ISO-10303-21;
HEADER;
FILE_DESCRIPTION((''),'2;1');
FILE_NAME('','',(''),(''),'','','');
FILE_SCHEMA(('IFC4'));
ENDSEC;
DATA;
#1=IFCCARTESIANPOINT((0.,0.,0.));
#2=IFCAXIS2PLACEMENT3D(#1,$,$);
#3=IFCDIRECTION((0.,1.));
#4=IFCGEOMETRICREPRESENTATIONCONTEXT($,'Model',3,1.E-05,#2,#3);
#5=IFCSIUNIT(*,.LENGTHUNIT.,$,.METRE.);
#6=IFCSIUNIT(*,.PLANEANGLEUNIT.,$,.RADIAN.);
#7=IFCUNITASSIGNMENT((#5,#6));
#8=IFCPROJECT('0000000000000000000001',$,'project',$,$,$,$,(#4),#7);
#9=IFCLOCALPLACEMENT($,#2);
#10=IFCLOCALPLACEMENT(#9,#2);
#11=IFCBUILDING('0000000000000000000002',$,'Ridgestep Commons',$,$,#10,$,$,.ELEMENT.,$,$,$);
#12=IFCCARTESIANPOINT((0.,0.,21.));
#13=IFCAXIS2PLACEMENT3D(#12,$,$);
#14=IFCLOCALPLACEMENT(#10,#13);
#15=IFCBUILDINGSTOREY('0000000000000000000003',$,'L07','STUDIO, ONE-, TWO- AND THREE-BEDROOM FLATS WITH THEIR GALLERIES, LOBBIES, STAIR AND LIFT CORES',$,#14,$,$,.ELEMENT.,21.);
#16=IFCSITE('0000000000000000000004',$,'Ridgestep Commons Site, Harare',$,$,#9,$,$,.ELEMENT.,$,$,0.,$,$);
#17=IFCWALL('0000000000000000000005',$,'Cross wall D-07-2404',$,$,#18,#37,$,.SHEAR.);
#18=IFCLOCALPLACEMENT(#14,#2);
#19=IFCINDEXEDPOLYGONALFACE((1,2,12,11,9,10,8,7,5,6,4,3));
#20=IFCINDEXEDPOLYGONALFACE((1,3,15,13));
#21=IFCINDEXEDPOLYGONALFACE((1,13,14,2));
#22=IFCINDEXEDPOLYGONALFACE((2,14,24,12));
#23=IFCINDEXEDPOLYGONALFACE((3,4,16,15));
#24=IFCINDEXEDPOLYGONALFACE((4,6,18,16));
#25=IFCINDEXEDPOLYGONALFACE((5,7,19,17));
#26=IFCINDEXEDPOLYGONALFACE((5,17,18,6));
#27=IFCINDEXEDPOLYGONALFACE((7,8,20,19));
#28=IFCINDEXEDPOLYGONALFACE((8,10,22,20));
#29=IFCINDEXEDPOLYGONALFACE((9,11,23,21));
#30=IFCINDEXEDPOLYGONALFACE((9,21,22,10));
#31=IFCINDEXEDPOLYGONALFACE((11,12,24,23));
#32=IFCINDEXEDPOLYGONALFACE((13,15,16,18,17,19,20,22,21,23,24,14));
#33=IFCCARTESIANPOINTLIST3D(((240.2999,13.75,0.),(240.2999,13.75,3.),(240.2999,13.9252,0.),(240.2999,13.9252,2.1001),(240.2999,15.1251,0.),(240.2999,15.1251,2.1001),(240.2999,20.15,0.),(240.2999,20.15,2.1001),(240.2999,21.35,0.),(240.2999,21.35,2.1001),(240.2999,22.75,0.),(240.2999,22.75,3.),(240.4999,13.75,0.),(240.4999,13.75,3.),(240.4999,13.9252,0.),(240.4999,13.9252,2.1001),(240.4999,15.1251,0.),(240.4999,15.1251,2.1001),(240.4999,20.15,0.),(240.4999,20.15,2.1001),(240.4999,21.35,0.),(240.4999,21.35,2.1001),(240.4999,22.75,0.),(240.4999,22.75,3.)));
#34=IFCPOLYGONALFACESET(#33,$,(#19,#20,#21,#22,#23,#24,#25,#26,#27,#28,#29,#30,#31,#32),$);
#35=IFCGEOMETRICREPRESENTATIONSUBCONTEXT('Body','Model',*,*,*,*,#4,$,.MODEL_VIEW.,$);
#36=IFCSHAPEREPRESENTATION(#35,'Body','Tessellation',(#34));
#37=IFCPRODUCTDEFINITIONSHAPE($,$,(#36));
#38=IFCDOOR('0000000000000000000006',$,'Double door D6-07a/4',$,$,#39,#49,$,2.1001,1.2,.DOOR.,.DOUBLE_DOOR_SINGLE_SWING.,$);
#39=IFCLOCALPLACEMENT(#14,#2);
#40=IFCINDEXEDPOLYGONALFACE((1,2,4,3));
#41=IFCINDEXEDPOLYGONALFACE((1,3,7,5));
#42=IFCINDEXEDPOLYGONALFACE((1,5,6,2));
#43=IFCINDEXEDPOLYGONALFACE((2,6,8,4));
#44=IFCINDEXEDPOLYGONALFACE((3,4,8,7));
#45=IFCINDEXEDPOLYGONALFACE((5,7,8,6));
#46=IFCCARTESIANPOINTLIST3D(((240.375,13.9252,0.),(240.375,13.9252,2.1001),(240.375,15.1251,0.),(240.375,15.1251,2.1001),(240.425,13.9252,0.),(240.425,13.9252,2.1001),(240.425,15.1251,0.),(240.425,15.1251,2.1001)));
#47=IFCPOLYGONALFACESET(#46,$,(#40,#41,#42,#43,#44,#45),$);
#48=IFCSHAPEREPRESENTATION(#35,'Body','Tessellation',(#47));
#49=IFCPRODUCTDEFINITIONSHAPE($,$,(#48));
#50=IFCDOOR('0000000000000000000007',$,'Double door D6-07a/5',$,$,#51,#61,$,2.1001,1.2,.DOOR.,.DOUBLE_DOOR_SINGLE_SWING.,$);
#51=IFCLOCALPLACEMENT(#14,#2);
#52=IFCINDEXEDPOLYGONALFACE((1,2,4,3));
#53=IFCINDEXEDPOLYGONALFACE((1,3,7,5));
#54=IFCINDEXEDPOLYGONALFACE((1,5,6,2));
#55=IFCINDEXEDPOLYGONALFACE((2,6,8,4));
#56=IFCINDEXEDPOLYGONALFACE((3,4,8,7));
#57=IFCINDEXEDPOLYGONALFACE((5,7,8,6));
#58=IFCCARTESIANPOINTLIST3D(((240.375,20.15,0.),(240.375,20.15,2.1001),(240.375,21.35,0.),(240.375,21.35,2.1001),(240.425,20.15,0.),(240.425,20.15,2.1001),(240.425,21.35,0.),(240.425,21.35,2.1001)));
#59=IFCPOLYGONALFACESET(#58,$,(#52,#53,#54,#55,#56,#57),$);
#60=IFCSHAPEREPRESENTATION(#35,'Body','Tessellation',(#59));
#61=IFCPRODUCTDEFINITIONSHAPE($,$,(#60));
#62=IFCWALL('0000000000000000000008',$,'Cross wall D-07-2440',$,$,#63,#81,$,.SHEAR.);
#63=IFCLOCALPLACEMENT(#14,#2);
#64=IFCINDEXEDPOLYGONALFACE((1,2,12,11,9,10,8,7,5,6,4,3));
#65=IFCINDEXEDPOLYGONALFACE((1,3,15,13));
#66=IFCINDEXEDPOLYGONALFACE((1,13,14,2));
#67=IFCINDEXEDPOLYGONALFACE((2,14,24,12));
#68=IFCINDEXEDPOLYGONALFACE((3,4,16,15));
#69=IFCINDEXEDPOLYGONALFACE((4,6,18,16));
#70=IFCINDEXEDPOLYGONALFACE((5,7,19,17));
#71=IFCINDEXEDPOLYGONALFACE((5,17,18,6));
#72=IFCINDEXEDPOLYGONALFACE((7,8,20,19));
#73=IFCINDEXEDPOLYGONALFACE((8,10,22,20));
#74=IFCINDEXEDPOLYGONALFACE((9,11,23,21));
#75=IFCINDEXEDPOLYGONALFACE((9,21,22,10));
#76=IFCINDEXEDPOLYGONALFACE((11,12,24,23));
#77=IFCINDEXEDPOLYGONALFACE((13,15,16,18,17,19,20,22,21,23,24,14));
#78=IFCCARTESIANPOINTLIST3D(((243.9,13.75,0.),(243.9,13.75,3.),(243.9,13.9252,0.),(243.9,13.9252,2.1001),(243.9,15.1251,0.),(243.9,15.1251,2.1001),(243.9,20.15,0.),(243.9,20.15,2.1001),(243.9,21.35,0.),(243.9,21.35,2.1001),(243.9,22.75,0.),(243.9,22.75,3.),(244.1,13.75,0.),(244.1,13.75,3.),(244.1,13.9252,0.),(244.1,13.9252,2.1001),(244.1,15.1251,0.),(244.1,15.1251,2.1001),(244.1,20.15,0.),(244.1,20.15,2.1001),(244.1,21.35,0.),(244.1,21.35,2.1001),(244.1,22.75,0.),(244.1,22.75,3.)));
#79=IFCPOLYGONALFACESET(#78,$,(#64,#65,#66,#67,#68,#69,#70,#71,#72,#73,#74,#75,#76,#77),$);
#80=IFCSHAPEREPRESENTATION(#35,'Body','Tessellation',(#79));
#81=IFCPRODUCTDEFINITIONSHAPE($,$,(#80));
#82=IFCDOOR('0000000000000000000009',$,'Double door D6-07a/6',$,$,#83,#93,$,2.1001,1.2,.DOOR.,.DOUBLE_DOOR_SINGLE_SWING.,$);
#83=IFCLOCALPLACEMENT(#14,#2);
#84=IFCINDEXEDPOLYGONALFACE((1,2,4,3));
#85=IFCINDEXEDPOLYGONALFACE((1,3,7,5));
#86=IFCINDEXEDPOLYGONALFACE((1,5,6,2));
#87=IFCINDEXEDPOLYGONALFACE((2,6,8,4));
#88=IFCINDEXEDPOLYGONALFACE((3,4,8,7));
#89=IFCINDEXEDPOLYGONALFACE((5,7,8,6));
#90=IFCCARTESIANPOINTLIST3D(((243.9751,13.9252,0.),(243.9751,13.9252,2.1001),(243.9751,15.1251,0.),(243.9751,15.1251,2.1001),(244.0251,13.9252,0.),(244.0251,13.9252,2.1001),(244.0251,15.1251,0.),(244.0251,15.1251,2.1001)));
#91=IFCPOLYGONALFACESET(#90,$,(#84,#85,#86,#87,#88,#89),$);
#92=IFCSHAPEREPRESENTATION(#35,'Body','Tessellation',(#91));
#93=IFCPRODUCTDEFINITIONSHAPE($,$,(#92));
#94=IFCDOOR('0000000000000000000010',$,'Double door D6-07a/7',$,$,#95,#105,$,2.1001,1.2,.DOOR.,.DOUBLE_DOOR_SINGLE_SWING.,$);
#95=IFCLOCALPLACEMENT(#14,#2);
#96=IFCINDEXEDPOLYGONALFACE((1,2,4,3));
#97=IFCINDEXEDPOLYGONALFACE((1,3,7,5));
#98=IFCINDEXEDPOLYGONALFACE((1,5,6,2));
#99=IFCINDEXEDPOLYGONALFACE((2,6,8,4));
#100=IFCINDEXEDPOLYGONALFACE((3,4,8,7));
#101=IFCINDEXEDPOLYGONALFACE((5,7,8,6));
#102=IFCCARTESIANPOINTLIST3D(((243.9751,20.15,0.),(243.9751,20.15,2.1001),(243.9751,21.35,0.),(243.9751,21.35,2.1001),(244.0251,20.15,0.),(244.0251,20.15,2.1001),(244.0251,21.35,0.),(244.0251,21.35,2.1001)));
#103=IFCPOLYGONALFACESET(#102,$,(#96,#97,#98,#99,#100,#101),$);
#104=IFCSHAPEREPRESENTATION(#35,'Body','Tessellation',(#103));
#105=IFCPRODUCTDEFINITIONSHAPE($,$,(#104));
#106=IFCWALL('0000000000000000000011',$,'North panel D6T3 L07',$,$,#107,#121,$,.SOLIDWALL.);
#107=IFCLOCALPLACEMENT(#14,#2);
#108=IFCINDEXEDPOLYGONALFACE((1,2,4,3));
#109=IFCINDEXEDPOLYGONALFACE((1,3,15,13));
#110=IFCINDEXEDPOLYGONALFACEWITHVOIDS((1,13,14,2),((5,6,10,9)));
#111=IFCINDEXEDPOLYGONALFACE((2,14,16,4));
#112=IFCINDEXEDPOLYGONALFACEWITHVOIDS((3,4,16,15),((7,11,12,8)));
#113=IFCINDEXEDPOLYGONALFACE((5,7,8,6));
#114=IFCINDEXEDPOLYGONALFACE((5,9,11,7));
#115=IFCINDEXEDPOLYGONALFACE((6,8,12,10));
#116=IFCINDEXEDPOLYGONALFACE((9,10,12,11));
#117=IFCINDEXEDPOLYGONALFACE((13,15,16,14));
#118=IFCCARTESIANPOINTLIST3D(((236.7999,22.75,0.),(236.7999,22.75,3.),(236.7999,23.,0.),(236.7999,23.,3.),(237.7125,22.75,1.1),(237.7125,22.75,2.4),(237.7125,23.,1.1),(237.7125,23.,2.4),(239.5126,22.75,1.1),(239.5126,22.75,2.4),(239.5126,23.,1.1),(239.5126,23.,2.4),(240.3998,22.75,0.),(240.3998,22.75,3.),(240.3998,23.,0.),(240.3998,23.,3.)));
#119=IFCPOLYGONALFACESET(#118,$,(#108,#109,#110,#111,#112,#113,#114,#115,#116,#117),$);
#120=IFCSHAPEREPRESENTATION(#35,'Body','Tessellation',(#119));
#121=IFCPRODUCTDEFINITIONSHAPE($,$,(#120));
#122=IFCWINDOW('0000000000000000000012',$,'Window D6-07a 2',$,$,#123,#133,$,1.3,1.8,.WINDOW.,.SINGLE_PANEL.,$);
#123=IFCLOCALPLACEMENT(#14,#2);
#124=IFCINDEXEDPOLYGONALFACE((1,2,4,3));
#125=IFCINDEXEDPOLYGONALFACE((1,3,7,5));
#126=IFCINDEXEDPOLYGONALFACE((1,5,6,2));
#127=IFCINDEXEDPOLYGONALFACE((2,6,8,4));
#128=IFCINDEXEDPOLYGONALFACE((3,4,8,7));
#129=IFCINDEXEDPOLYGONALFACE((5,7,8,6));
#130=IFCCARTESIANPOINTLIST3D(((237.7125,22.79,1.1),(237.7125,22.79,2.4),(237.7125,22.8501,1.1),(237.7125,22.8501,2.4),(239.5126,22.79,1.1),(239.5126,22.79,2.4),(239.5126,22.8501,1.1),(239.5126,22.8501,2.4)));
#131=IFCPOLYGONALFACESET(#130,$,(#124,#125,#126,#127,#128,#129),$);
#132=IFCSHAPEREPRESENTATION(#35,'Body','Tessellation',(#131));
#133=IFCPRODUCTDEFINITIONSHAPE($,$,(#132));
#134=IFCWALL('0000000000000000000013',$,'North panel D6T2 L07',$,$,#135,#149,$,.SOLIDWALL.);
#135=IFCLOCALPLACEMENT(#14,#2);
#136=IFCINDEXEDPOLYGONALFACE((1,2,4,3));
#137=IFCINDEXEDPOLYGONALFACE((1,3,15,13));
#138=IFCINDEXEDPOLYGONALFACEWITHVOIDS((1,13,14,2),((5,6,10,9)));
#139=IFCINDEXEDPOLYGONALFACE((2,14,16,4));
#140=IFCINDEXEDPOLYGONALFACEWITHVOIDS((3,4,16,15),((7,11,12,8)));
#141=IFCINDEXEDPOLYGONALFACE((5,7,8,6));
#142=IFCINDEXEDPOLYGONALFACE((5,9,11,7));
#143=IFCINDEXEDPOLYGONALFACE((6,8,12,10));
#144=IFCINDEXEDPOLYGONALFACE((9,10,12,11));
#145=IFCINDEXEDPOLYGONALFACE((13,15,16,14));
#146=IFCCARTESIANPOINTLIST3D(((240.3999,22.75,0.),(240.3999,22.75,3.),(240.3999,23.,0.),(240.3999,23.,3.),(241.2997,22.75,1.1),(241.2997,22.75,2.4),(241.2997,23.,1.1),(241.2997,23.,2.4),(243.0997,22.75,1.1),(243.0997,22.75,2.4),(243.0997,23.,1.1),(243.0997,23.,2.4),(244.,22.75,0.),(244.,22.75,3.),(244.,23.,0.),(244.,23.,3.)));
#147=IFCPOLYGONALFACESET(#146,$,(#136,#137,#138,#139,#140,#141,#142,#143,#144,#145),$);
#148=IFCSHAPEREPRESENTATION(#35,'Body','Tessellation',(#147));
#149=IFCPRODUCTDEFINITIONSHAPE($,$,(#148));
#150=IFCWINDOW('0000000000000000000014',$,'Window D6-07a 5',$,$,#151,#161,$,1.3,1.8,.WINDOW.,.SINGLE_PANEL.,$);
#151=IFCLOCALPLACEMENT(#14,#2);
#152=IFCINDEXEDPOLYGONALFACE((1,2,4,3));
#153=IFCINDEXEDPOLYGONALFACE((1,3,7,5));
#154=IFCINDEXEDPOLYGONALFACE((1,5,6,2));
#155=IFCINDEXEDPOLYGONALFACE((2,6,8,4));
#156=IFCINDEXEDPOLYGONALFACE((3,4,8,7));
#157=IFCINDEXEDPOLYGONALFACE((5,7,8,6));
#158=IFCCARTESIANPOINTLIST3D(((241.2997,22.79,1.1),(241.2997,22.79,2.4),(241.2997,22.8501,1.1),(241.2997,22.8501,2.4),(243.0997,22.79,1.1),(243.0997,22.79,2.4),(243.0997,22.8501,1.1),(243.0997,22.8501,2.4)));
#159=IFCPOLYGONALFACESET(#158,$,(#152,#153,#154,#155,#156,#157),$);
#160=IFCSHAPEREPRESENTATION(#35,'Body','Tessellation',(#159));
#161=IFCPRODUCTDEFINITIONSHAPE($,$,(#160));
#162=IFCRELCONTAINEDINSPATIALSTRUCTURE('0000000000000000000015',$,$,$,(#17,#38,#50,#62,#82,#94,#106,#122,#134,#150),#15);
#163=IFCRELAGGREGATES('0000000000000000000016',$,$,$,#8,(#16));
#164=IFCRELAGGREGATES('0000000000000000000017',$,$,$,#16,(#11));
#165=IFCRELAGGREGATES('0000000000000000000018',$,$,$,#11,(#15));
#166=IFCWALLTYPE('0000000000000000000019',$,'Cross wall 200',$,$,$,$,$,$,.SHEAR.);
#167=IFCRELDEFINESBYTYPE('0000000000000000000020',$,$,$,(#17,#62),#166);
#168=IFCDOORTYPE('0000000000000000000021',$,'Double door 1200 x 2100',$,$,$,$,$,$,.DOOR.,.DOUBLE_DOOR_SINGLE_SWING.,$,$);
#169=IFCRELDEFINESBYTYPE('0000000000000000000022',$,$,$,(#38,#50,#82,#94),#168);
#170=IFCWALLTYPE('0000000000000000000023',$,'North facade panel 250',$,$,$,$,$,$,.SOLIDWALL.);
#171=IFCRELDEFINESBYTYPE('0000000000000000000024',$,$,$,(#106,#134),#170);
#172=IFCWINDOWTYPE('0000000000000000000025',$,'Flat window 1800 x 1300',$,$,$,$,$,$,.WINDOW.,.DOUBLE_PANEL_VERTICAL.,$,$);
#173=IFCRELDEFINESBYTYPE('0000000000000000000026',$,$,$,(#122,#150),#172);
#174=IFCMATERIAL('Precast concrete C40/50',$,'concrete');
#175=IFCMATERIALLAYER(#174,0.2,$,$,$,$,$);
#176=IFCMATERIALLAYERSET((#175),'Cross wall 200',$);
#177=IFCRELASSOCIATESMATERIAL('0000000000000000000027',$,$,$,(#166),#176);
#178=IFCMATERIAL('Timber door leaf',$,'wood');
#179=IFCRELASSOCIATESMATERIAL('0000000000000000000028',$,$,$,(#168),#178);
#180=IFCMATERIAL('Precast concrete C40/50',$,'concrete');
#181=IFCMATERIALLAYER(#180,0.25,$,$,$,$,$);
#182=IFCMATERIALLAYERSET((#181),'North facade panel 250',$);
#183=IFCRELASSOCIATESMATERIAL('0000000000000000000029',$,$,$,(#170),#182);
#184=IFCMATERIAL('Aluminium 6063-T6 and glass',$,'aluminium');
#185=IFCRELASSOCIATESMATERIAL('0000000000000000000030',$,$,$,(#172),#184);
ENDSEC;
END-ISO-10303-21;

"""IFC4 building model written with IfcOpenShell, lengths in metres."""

from ifc_helpers import new_model, si_unit, direction, frame, frame_2d, origin, place, context, subcontext, project, spatial, rectangle, extrude, material, layer, layer_set, type_object, element, fill, save


model = new_model("IFC4")

# Units and contexts
model_context = context("Model", 3, precision=1e-05, world=origin(), true_north=direction((0.0, 1.0)))
body_context = subcontext(model_context, "Body", "Model", "MODEL_VIEW")
ifc_project = project(units=[si_unit("LENGTHUNIT", "METRE"), si_unit("PLANEANGLEUNIT", "RADIAN")], contexts=[model_context])

# Site, building, storey
site_placement = place(None, origin())
site = spatial("IfcSite", under=ifc_project, at=site_placement, Name="Ridgestep Commons Site, Harare", CompositionType="ELEMENT", RefElevation=0.0)
building_placement = place(site_placement, origin())
building = spatial("IfcBuilding", under=site, at=building_placement, Name="Ridgestep Commons", CompositionType="ELEMENT")
storey_placement = place(building_placement, frame((0.0, 0.0, 21.0)))
storey = spatial("IfcBuildingStorey", under=building, at=storey_placement, Name="L07", Description="STUDIO, ONE-, TWO- AND THREE-BEDROOM FLATS WITH THEIR GALLERIES, LOBBIES, STAIR AND LIFT CORES", CompositionType="ELEMENT", Elevation=21.0)

# Walls, openings, doors
ifc_material_1 = material(Name="Precast concrete C40/50", Category="concrete")
ifc_layer_1 = layer(ifc_material_1, 0.2)
ifc_layer_set_1 = layer_set([ifc_layer_1], Name="Cross wall 200")
wall_type_1 = type_object("IfcWallType", Name="Cross wall 200", PredefinedType="SHEAR", material=ifc_layer_set_1)
wall_1_placement = place(storey_placement, frame((240.3999, 13.75, 0.0), z_axis=(0.0, 0.0, 1.0), x_axis=(0.0, 1.0, 0.0)))
wall_1 = element("IfcWall", 1, at=wall_1_placement, inside=storey, type_object=wall_type_1, Name="Cross wall D-07-2404", PredefinedType="SHEAR", context=body_context, shape_type="SweptSolid", body=[
    extrude(rectangle(XDim=9.0, YDim=0.2, at=frame_2d((4.5, 0.0))), origin(), (0.0, 0.0, 1.0), 3.0),
])
opening_1_placement = place(wall_1_placement, frame((0.175, 0.0, 0.0)))
opening_1 = element("IfcOpeningElement", 2, at=opening_1_placement, cuts=wall_1, PredefinedType="OPENING", context=body_context, shape_type="SweptSolid", body=[
    extrude(rectangle(XDim=1.2, YDim=2.1001, at=frame_2d((0.6001, 1.05))), frame((0.0, 0.1099, 0.0), z_axis=(0.0, -1.0, 0.0), x_axis=(1.0, 0.0, 0.0)), (0.0, 0.0, 1.0), 0.22),
])
opening_2_placement = place(wall_1_placement, frame((6.3999, 0.0, 0.0)))
opening_2 = element("IfcOpeningElement", 3, at=opening_2_placement, cuts=wall_1, PredefinedType="OPENING", context=body_context, shape_type="SweptSolid", body=[
    extrude(rectangle(XDim=1.2, YDim=2.1001, at=frame_2d((0.6001, 1.05))), frame((0.0, 0.1099, 0.0), z_axis=(0.0, -1.0, 0.0), x_axis=(1.0, 0.0, 0.0)), (0.0, 0.0, 1.0), 0.22),
])
ifc_material_2 = material(Name="Timber door leaf", Category="wood")
door_type_1 = type_object("IfcDoorType", Name="Double door 1200 x 2100", OperationType="DOUBLE_DOOR_SINGLE_SWING", PredefinedType="DOOR", material=ifc_material_2)
door_1_placement = place(opening_1_placement, origin())
door_1 = element("IfcDoor", 4, at=door_1_placement, inside=storey, type_object=door_type_1, Name="Double door D6-07a/4", OperationType="DOUBLE_DOOR_SINGLE_SWING", OverallHeight=2.1001, OverallWidth=1.2, PredefinedType="DOOR", context=body_context, shape_type="SweptSolid", body=[
    extrude(rectangle(XDim=1.2, YDim=2.1001, at=frame_2d((0.6001, 1.05))), frame((0.0, 0.0249, 0.0), z_axis=(0.0, -1.0, 0.0), x_axis=(1.0, 0.0, 0.0)), (0.0, 0.0, 1.0), 0.05),
])
fill(opening_1, door_1)
door_2_placement = place(opening_2_placement, origin())
door_2 = element("IfcDoor", 5, at=door_2_placement, inside=storey, type_object=door_type_1, Name="Double door D6-07a/5", OperationType="DOUBLE_DOOR_SINGLE_SWING", OverallHeight=2.1001, OverallWidth=1.2, PredefinedType="DOOR", context=body_context, shape_type="SweptSolid", body=[
    extrude(rectangle(XDim=1.2, YDim=2.1001, at=frame_2d((0.6001, 1.05))), frame((0.0, 0.0249, 0.0), z_axis=(0.0, -1.0, 0.0), x_axis=(1.0, 0.0, 0.0)), (0.0, 0.0, 1.0), 0.05),
])
fill(opening_2, door_2)
wall_2_placement = place(storey_placement, frame((244.0, 13.75, 0.0), z_axis=(0.0, 0.0, 1.0), x_axis=(0.0, 1.0, 0.0)))
wall_2 = element("IfcWall", 6, at=wall_2_placement, inside=storey, type_object=wall_type_1, Name="Cross wall D-07-2440", PredefinedType="SHEAR", context=body_context, shape_type="SweptSolid", body=[
    extrude(rectangle(XDim=9.0, YDim=0.2, at=frame_2d((4.5, 0.0))), origin(), (0.0, 0.0, 1.0), 3.0),
])
opening_3_placement = place(wall_2_placement, frame((0.175, 0.0, 0.0)))
opening_3 = element("IfcOpeningElement", 7, at=opening_3_placement, cuts=wall_2, PredefinedType="OPENING", context=body_context, shape_type="SweptSolid", body=[
    extrude(rectangle(XDim=1.2, YDim=2.1001, at=frame_2d((0.6001, 1.05))), frame((0.0, 0.1099, 0.0), z_axis=(0.0, -1.0, 0.0), x_axis=(1.0, 0.0, 0.0)), (0.0, 0.0, 1.0), 0.22),
])
opening_4_placement = place(wall_2_placement, frame((6.3999, 0.0, 0.0)))
opening_4 = element("IfcOpeningElement", 8, at=opening_4_placement, cuts=wall_2, PredefinedType="OPENING", context=body_context, shape_type="SweptSolid", body=[
    extrude(rectangle(XDim=1.2, YDim=2.1001, at=frame_2d((0.6001, 1.05))), frame((0.0, 0.1099, 0.0), z_axis=(0.0, -1.0, 0.0), x_axis=(1.0, 0.0, 0.0)), (0.0, 0.0, 1.0), 0.22),
])
door_3_placement = place(opening_3_placement, origin())
door_3 = element("IfcDoor", 9, at=door_3_placement, inside=storey, type_object=door_type_1, Name="Double door D6-07a/6", OperationType="DOUBLE_DOOR_SINGLE_SWING", OverallHeight=2.1001, OverallWidth=1.2, PredefinedType="DOOR", context=body_context, shape_type="SweptSolid", body=[
    extrude(rectangle(XDim=1.2, YDim=2.1001, at=frame_2d((0.6001, 1.05))), frame((0.0, 0.0249, 0.0), z_axis=(0.0, -1.0, 0.0), x_axis=(1.0, 0.0, 0.0)), (0.0, 0.0, 1.0), 0.05),
])
fill(opening_3, door_3)
door_4_placement = place(opening_4_placement, origin())
door_4 = element("IfcDoor", 10, at=door_4_placement, inside=storey, type_object=door_type_1, Name="Double door D6-07a/7", OperationType="DOUBLE_DOOR_SINGLE_SWING", OverallHeight=2.1001, OverallWidth=1.2, PredefinedType="DOOR", context=body_context, shape_type="SweptSolid", body=[
    extrude(rectangle(XDim=1.2, YDim=2.1001, at=frame_2d((0.6001, 1.05))), frame((0.0, 0.0249, 0.0), z_axis=(0.0, -1.0, 0.0), x_axis=(1.0, 0.0, 0.0)), (0.0, 0.0, 1.0), 0.05),
])
fill(opening_4, door_4)

# Walls, openings, windows
ifc_material_3 = material(Name="Precast concrete C40/50", Category="concrete")
ifc_layer_2 = layer(ifc_material_3, 0.25)
ifc_layer_set_2 = layer_set([ifc_layer_2], Name="North facade panel 250")
wall_type_2 = type_object("IfcWallType", Name="North facade panel 250", PredefinedType="SOLIDWALL", material=ifc_layer_set_2)
wall_3_placement = place(storey_placement, frame((236.8, 22.875, 0.0), z_axis=(0.0, 0.0, 1.0), x_axis=(1.0, 0.0, 0.0)))
wall_3 = element("IfcWall", 11, at=wall_3_placement, inside=storey, type_object=wall_type_2, Name="North panel D6T3 L07", PredefinedType="SOLIDWALL", context=body_context, shape_type="SweptSolid", body=[
    extrude(rectangle(XDim=3.5999, YDim=0.25, at=frame_2d((1.7998, 0.0))), origin(), (0.0, 0.0, 1.0), 3.0),
])
opening_5_placement = place(wall_3_placement, frame((0.9126, 0.0, 1.1001)))
opening_5 = element("IfcOpeningElement", 12, at=opening_5_placement, cuts=wall_3, PredefinedType="OPENING", context=body_context, shape_type="SweptSolid", body=[
    extrude(rectangle(XDim=1.8, YDim=1.3, at=frame_2d((0.8999, 0.6499))), frame((0.0, 0.135, 0.0), z_axis=(0.0, -1.0, 0.0), x_axis=(1.0, 0.0, 0.0)), (0.0, 0.0, 1.0), 0.27),
])
ifc_material_4 = material(Name="Aluminium 6063-T6 and glass", Category="aluminium")
window_type_1 = type_object("IfcWindowType", Name="Flat window 1800 x 1300", PartitioningType="DOUBLE_PANEL_VERTICAL", PredefinedType="WINDOW", material=ifc_material_4)
window_1_placement = place(opening_5_placement, origin())
window_1 = element("IfcWindow", 13, at=window_1_placement, inside=storey, type_object=window_type_1, Name="Window D6-07a 2", OverallHeight=1.3, OverallWidth=1.8, PartitioningType="SINGLE_PANEL", PredefinedType="WINDOW", context=body_context, shape_type="SweptSolid", body=[
    extrude(rectangle(XDim=1.8, YDim=1.3, at=frame_2d((0.8999, 0.6499))), frame((0.0, -0.0249, 0.0), z_axis=(0.0, -1.0, 0.0), x_axis=(1.0, 0.0, 0.0)), (0.0, 0.0, 1.0), 0.0601),
])
fill(opening_5, window_1)
wall_4_placement = place(storey_placement, frame((240.3999, 22.875, 0.0), z_axis=(0.0, 0.0, 1.0), x_axis=(1.0, 0.0, 0.0)))
wall_4 = element("IfcWall", 14, at=wall_4_placement, inside=storey, type_object=wall_type_2, Name="North panel D6T2 L07", PredefinedType="SOLIDWALL", context=body_context, shape_type="SweptSolid", body=[
    extrude(rectangle(XDim=3.6001, YDim=0.25, at=frame_2d((1.8, 0.0))), origin(), (0.0, 0.0, 1.0), 3.0),
])
opening_6_placement = place(wall_4_placement, frame((0.8999, 0.0, 1.1001)))
opening_6 = element("IfcOpeningElement", 15, at=opening_6_placement, cuts=wall_4, PredefinedType="OPENING", context=body_context, shape_type="SweptSolid", body=[
    extrude(rectangle(XDim=1.8, YDim=1.3, at=frame_2d((0.8999, 0.6499))), frame((0.0, 0.135, 0.0), z_axis=(0.0, -1.0, 0.0), x_axis=(1.0, 0.0, 0.0)), (0.0, 0.0, 1.0), 0.27),
])
window_2_placement = place(opening_6_placement, origin())
window_2 = element("IfcWindow", 16, at=window_2_placement, inside=storey, type_object=window_type_1, Name="Window D6-07a 5", OverallHeight=1.3, OverallWidth=1.8, PartitioningType="SINGLE_PANEL", PredefinedType="WINDOW", context=body_context, shape_type="SweptSolid", body=[
    extrude(rectangle(XDim=1.8, YDim=1.3, at=frame_2d((0.8999, 0.6499))), frame((0.0, -0.0249, 0.0), z_axis=(0.0, -1.0, 0.0), x_axis=(1.0, 0.0, 0.0)), (0.0, 0.0, 1.0), 0.0601),
])
fill(opening_6, window_2)

save(model, "model.ifc")
